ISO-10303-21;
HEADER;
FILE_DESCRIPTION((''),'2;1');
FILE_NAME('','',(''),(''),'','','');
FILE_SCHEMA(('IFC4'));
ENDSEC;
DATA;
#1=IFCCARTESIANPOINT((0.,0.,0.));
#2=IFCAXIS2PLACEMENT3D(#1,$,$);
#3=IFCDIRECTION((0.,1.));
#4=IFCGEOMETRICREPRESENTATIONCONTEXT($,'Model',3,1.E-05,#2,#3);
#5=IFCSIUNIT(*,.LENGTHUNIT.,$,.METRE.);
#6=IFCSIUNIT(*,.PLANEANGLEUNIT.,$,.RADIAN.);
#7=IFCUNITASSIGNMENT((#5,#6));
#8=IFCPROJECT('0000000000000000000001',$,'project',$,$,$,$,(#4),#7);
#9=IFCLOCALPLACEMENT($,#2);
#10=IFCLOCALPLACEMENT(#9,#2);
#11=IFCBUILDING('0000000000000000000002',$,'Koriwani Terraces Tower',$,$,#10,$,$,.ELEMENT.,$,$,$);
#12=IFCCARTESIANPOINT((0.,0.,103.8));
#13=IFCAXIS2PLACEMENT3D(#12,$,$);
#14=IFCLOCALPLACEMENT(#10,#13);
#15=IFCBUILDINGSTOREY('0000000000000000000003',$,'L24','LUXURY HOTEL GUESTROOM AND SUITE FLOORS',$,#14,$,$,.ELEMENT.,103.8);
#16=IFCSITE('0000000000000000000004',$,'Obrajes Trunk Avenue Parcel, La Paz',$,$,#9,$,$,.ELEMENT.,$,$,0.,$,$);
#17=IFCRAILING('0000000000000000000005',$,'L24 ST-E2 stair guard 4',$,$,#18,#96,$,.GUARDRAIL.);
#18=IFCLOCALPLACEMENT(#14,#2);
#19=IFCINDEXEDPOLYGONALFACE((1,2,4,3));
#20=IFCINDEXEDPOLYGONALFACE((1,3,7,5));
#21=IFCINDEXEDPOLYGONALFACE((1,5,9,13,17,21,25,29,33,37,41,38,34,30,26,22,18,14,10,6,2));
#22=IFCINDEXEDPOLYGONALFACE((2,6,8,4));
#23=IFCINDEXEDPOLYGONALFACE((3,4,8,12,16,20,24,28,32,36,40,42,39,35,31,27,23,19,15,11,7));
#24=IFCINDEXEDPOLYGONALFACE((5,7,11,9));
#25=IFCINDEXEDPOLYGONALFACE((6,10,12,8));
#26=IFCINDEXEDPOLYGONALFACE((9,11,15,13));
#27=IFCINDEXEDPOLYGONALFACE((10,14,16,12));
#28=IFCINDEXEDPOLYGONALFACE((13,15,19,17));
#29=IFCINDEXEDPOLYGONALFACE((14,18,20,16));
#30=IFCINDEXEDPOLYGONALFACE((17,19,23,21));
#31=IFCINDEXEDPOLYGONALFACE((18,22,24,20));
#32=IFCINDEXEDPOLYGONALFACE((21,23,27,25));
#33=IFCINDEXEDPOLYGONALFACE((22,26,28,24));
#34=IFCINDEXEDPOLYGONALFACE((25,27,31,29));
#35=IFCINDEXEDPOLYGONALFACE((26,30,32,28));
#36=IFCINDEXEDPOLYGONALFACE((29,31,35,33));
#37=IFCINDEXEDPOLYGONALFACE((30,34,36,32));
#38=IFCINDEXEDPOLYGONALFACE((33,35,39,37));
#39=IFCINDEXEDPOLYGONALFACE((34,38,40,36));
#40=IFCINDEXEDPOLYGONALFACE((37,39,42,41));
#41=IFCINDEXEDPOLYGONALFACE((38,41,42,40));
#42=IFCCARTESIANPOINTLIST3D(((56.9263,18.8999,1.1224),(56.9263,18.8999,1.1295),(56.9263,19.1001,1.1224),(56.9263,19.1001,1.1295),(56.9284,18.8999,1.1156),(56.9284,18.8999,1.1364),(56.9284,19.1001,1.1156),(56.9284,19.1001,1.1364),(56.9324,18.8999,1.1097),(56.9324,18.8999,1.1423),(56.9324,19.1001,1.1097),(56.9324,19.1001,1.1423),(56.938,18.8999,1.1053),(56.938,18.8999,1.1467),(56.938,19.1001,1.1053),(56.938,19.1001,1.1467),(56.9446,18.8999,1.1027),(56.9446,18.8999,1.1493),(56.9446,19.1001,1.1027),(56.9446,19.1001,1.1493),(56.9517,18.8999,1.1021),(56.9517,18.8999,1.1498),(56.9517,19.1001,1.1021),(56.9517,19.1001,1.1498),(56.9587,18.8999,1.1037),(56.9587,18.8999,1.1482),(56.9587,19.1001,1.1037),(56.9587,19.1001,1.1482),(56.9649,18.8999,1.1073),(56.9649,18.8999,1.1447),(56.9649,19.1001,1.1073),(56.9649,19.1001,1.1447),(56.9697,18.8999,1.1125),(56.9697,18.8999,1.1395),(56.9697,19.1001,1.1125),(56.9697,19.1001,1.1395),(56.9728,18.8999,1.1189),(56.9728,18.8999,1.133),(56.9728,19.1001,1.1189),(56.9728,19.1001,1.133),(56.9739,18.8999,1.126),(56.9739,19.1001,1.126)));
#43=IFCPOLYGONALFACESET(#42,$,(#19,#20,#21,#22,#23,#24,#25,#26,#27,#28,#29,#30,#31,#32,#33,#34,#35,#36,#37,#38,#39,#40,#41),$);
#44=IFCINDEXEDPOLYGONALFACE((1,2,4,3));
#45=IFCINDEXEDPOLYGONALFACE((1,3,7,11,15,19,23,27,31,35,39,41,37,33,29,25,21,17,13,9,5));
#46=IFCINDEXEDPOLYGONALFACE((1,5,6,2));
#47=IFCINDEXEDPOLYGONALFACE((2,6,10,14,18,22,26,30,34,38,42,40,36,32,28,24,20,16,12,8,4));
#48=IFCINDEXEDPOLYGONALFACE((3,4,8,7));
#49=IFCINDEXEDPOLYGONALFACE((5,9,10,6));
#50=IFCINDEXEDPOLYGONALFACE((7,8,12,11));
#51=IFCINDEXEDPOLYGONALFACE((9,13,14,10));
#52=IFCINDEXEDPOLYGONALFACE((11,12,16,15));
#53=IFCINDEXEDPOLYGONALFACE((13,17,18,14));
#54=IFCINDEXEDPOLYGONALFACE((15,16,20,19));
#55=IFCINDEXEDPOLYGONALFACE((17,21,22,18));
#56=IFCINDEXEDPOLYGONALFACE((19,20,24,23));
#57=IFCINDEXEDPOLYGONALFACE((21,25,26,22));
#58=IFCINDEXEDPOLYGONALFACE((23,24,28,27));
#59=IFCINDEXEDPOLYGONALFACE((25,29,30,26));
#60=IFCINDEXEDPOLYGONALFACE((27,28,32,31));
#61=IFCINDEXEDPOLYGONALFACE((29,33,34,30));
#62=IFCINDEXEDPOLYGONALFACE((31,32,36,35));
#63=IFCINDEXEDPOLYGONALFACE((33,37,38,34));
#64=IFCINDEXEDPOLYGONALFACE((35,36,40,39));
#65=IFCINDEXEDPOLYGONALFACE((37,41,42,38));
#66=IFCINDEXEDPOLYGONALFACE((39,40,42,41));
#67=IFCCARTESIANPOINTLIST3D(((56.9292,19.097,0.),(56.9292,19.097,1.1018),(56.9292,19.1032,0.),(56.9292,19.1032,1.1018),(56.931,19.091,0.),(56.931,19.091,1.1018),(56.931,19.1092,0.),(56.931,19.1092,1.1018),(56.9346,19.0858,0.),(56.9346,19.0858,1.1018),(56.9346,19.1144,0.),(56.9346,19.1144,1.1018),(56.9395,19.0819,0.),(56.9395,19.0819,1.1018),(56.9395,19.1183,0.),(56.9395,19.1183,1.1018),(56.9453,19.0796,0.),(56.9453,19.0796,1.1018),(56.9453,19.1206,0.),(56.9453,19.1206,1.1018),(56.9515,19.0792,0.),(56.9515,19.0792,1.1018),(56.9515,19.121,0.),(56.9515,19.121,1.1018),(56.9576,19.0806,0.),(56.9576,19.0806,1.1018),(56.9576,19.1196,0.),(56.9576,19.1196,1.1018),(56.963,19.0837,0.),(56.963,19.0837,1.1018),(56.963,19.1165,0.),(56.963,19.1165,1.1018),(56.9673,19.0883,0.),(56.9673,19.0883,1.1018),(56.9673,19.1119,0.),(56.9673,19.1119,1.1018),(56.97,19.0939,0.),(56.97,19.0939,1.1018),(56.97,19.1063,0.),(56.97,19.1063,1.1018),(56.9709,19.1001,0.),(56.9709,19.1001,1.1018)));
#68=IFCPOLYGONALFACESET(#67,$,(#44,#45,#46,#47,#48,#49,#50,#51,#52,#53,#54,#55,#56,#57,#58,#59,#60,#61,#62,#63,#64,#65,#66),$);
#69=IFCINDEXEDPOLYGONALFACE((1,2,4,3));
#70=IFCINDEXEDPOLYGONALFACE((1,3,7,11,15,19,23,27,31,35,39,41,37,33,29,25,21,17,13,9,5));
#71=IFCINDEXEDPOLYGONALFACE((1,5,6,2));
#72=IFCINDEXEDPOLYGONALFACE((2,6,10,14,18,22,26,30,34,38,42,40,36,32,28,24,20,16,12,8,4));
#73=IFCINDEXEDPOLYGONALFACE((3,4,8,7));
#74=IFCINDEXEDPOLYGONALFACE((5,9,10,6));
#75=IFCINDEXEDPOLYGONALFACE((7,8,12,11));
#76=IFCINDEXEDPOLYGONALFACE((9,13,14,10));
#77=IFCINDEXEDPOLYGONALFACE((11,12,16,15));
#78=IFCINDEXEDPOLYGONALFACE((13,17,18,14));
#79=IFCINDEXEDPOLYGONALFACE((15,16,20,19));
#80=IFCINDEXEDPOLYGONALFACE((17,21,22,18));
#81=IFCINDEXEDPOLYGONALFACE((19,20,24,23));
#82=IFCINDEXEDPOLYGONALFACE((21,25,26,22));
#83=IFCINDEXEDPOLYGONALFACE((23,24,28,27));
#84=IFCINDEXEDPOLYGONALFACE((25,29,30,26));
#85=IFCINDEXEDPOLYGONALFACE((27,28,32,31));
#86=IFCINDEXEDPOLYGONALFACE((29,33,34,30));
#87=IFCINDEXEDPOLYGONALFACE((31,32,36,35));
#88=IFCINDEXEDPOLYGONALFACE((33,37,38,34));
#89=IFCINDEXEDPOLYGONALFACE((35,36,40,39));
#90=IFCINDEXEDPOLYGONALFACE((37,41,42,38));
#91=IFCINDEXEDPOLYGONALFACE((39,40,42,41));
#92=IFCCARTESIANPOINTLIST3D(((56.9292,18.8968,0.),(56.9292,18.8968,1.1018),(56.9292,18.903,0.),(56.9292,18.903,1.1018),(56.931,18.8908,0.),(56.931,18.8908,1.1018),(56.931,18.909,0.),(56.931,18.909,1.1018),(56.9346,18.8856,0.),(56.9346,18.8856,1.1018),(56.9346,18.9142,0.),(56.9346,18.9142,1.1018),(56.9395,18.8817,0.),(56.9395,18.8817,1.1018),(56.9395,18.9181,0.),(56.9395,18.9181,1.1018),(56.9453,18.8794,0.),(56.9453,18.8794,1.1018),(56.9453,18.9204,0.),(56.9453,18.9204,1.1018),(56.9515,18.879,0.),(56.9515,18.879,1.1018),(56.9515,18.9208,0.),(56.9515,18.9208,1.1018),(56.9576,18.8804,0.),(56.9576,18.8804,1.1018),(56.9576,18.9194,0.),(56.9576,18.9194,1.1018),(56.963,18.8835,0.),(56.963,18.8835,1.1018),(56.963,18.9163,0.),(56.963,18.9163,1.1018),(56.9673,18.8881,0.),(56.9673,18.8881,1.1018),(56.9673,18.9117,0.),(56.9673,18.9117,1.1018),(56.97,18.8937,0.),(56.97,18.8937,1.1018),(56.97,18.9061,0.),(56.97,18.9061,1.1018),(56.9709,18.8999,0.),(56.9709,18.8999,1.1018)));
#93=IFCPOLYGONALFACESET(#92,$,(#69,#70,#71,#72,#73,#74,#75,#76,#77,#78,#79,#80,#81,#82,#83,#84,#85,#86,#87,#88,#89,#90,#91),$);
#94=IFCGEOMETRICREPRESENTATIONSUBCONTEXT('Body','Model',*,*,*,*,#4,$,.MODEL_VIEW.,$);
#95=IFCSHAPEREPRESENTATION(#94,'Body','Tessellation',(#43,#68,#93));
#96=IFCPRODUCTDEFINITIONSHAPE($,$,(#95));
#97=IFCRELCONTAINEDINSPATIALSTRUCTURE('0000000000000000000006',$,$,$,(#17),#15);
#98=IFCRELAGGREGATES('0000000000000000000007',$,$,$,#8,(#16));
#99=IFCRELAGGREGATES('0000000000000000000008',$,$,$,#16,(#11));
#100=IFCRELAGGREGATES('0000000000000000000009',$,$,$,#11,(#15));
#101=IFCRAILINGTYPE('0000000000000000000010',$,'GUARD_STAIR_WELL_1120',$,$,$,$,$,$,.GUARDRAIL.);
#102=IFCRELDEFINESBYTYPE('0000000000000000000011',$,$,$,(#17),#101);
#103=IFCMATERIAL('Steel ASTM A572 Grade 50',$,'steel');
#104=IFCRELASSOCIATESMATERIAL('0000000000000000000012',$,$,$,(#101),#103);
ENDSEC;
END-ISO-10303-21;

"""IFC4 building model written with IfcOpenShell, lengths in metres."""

from ifc_helpers import new_model, si_unit, direction, frame, origin, origin_2d, place, context, subcontext, project, spatial, circle, extrude, material, type_object, element, save


model = new_model("IFC4")

# Units and contexts
model_context = context("Model", 3, precision=1e-05, world=origin(), true_north=direction((0.0, 1.0)))
body_context = subcontext(model_context, "Body", "Model", "MODEL_VIEW")
ifc_project = project(units=[si_unit("LENGTHUNIT", "METRE"), si_unit("PLANEANGLEUNIT", "RADIAN")], contexts=[model_context])

# Site, building, storey
site_placement = place(None, origin())
site = spatial("IfcSite", under=ifc_project, at=site_placement, Name="Obrajes Trunk Avenue Parcel, La Paz", CompositionType="ELEMENT", RefElevation=0.0)
building_placement = place(site_placement, origin())
building = spatial("IfcBuilding", under=site, at=building_placement, Name="Koriwani Terraces Tower", CompositionType="ELEMENT")
storey_placement = place(building_placement, frame((0.0, 0.0, 103.8)))
storey = spatial("IfcBuildingStorey", under=building, at=storey_placement, Name="L24", Description="LUXURY HOTEL GUESTROOM AND SUITE FLOORS", CompositionType="ELEMENT", Elevation=103.8)

# Shared definitions
ifc_material_1 = material(Name="Steel ASTM A572 Grade 50", Category="steel")

# Railing
railing_type_1 = type_object("IfcRailingType", Name="GUARD_STAIR_WELL_1120", PredefinedType="GUARDRAIL", material=ifc_material_1)
railing_1_placement = place(storey_placement, frame((56.95, 19.1001, 0.0)))
element("IfcRailing", 1, at=railing_1_placement, inside=storey, type_object=railing_type_1, Name="L24 ST-E2 stair guard 4", PredefinedType="GUARDRAIL", context=body_context, shape_type="SweptSolid", body=[
    extrude(circle(Radius=0.0239, at=origin_2d()), frame((0.0, 0.0, 1.126), z_axis=(0.0, -1.0, 0.0), x_axis=(1.0, 0.0, 0.0)), (0.0, 0.0, 1.0), 0.2002),
    extrude(circle(Radius=0.021, at=origin_2d()), origin(), (0.0, 0.0, 1.0), 1.1018),
    extrude(circle(Radius=0.021, at=origin_2d()), frame((0.0, -0.2002, 0.0)), (0.0, 0.0, 1.0), 1.1018),
])

save(model, "model.ifc")
